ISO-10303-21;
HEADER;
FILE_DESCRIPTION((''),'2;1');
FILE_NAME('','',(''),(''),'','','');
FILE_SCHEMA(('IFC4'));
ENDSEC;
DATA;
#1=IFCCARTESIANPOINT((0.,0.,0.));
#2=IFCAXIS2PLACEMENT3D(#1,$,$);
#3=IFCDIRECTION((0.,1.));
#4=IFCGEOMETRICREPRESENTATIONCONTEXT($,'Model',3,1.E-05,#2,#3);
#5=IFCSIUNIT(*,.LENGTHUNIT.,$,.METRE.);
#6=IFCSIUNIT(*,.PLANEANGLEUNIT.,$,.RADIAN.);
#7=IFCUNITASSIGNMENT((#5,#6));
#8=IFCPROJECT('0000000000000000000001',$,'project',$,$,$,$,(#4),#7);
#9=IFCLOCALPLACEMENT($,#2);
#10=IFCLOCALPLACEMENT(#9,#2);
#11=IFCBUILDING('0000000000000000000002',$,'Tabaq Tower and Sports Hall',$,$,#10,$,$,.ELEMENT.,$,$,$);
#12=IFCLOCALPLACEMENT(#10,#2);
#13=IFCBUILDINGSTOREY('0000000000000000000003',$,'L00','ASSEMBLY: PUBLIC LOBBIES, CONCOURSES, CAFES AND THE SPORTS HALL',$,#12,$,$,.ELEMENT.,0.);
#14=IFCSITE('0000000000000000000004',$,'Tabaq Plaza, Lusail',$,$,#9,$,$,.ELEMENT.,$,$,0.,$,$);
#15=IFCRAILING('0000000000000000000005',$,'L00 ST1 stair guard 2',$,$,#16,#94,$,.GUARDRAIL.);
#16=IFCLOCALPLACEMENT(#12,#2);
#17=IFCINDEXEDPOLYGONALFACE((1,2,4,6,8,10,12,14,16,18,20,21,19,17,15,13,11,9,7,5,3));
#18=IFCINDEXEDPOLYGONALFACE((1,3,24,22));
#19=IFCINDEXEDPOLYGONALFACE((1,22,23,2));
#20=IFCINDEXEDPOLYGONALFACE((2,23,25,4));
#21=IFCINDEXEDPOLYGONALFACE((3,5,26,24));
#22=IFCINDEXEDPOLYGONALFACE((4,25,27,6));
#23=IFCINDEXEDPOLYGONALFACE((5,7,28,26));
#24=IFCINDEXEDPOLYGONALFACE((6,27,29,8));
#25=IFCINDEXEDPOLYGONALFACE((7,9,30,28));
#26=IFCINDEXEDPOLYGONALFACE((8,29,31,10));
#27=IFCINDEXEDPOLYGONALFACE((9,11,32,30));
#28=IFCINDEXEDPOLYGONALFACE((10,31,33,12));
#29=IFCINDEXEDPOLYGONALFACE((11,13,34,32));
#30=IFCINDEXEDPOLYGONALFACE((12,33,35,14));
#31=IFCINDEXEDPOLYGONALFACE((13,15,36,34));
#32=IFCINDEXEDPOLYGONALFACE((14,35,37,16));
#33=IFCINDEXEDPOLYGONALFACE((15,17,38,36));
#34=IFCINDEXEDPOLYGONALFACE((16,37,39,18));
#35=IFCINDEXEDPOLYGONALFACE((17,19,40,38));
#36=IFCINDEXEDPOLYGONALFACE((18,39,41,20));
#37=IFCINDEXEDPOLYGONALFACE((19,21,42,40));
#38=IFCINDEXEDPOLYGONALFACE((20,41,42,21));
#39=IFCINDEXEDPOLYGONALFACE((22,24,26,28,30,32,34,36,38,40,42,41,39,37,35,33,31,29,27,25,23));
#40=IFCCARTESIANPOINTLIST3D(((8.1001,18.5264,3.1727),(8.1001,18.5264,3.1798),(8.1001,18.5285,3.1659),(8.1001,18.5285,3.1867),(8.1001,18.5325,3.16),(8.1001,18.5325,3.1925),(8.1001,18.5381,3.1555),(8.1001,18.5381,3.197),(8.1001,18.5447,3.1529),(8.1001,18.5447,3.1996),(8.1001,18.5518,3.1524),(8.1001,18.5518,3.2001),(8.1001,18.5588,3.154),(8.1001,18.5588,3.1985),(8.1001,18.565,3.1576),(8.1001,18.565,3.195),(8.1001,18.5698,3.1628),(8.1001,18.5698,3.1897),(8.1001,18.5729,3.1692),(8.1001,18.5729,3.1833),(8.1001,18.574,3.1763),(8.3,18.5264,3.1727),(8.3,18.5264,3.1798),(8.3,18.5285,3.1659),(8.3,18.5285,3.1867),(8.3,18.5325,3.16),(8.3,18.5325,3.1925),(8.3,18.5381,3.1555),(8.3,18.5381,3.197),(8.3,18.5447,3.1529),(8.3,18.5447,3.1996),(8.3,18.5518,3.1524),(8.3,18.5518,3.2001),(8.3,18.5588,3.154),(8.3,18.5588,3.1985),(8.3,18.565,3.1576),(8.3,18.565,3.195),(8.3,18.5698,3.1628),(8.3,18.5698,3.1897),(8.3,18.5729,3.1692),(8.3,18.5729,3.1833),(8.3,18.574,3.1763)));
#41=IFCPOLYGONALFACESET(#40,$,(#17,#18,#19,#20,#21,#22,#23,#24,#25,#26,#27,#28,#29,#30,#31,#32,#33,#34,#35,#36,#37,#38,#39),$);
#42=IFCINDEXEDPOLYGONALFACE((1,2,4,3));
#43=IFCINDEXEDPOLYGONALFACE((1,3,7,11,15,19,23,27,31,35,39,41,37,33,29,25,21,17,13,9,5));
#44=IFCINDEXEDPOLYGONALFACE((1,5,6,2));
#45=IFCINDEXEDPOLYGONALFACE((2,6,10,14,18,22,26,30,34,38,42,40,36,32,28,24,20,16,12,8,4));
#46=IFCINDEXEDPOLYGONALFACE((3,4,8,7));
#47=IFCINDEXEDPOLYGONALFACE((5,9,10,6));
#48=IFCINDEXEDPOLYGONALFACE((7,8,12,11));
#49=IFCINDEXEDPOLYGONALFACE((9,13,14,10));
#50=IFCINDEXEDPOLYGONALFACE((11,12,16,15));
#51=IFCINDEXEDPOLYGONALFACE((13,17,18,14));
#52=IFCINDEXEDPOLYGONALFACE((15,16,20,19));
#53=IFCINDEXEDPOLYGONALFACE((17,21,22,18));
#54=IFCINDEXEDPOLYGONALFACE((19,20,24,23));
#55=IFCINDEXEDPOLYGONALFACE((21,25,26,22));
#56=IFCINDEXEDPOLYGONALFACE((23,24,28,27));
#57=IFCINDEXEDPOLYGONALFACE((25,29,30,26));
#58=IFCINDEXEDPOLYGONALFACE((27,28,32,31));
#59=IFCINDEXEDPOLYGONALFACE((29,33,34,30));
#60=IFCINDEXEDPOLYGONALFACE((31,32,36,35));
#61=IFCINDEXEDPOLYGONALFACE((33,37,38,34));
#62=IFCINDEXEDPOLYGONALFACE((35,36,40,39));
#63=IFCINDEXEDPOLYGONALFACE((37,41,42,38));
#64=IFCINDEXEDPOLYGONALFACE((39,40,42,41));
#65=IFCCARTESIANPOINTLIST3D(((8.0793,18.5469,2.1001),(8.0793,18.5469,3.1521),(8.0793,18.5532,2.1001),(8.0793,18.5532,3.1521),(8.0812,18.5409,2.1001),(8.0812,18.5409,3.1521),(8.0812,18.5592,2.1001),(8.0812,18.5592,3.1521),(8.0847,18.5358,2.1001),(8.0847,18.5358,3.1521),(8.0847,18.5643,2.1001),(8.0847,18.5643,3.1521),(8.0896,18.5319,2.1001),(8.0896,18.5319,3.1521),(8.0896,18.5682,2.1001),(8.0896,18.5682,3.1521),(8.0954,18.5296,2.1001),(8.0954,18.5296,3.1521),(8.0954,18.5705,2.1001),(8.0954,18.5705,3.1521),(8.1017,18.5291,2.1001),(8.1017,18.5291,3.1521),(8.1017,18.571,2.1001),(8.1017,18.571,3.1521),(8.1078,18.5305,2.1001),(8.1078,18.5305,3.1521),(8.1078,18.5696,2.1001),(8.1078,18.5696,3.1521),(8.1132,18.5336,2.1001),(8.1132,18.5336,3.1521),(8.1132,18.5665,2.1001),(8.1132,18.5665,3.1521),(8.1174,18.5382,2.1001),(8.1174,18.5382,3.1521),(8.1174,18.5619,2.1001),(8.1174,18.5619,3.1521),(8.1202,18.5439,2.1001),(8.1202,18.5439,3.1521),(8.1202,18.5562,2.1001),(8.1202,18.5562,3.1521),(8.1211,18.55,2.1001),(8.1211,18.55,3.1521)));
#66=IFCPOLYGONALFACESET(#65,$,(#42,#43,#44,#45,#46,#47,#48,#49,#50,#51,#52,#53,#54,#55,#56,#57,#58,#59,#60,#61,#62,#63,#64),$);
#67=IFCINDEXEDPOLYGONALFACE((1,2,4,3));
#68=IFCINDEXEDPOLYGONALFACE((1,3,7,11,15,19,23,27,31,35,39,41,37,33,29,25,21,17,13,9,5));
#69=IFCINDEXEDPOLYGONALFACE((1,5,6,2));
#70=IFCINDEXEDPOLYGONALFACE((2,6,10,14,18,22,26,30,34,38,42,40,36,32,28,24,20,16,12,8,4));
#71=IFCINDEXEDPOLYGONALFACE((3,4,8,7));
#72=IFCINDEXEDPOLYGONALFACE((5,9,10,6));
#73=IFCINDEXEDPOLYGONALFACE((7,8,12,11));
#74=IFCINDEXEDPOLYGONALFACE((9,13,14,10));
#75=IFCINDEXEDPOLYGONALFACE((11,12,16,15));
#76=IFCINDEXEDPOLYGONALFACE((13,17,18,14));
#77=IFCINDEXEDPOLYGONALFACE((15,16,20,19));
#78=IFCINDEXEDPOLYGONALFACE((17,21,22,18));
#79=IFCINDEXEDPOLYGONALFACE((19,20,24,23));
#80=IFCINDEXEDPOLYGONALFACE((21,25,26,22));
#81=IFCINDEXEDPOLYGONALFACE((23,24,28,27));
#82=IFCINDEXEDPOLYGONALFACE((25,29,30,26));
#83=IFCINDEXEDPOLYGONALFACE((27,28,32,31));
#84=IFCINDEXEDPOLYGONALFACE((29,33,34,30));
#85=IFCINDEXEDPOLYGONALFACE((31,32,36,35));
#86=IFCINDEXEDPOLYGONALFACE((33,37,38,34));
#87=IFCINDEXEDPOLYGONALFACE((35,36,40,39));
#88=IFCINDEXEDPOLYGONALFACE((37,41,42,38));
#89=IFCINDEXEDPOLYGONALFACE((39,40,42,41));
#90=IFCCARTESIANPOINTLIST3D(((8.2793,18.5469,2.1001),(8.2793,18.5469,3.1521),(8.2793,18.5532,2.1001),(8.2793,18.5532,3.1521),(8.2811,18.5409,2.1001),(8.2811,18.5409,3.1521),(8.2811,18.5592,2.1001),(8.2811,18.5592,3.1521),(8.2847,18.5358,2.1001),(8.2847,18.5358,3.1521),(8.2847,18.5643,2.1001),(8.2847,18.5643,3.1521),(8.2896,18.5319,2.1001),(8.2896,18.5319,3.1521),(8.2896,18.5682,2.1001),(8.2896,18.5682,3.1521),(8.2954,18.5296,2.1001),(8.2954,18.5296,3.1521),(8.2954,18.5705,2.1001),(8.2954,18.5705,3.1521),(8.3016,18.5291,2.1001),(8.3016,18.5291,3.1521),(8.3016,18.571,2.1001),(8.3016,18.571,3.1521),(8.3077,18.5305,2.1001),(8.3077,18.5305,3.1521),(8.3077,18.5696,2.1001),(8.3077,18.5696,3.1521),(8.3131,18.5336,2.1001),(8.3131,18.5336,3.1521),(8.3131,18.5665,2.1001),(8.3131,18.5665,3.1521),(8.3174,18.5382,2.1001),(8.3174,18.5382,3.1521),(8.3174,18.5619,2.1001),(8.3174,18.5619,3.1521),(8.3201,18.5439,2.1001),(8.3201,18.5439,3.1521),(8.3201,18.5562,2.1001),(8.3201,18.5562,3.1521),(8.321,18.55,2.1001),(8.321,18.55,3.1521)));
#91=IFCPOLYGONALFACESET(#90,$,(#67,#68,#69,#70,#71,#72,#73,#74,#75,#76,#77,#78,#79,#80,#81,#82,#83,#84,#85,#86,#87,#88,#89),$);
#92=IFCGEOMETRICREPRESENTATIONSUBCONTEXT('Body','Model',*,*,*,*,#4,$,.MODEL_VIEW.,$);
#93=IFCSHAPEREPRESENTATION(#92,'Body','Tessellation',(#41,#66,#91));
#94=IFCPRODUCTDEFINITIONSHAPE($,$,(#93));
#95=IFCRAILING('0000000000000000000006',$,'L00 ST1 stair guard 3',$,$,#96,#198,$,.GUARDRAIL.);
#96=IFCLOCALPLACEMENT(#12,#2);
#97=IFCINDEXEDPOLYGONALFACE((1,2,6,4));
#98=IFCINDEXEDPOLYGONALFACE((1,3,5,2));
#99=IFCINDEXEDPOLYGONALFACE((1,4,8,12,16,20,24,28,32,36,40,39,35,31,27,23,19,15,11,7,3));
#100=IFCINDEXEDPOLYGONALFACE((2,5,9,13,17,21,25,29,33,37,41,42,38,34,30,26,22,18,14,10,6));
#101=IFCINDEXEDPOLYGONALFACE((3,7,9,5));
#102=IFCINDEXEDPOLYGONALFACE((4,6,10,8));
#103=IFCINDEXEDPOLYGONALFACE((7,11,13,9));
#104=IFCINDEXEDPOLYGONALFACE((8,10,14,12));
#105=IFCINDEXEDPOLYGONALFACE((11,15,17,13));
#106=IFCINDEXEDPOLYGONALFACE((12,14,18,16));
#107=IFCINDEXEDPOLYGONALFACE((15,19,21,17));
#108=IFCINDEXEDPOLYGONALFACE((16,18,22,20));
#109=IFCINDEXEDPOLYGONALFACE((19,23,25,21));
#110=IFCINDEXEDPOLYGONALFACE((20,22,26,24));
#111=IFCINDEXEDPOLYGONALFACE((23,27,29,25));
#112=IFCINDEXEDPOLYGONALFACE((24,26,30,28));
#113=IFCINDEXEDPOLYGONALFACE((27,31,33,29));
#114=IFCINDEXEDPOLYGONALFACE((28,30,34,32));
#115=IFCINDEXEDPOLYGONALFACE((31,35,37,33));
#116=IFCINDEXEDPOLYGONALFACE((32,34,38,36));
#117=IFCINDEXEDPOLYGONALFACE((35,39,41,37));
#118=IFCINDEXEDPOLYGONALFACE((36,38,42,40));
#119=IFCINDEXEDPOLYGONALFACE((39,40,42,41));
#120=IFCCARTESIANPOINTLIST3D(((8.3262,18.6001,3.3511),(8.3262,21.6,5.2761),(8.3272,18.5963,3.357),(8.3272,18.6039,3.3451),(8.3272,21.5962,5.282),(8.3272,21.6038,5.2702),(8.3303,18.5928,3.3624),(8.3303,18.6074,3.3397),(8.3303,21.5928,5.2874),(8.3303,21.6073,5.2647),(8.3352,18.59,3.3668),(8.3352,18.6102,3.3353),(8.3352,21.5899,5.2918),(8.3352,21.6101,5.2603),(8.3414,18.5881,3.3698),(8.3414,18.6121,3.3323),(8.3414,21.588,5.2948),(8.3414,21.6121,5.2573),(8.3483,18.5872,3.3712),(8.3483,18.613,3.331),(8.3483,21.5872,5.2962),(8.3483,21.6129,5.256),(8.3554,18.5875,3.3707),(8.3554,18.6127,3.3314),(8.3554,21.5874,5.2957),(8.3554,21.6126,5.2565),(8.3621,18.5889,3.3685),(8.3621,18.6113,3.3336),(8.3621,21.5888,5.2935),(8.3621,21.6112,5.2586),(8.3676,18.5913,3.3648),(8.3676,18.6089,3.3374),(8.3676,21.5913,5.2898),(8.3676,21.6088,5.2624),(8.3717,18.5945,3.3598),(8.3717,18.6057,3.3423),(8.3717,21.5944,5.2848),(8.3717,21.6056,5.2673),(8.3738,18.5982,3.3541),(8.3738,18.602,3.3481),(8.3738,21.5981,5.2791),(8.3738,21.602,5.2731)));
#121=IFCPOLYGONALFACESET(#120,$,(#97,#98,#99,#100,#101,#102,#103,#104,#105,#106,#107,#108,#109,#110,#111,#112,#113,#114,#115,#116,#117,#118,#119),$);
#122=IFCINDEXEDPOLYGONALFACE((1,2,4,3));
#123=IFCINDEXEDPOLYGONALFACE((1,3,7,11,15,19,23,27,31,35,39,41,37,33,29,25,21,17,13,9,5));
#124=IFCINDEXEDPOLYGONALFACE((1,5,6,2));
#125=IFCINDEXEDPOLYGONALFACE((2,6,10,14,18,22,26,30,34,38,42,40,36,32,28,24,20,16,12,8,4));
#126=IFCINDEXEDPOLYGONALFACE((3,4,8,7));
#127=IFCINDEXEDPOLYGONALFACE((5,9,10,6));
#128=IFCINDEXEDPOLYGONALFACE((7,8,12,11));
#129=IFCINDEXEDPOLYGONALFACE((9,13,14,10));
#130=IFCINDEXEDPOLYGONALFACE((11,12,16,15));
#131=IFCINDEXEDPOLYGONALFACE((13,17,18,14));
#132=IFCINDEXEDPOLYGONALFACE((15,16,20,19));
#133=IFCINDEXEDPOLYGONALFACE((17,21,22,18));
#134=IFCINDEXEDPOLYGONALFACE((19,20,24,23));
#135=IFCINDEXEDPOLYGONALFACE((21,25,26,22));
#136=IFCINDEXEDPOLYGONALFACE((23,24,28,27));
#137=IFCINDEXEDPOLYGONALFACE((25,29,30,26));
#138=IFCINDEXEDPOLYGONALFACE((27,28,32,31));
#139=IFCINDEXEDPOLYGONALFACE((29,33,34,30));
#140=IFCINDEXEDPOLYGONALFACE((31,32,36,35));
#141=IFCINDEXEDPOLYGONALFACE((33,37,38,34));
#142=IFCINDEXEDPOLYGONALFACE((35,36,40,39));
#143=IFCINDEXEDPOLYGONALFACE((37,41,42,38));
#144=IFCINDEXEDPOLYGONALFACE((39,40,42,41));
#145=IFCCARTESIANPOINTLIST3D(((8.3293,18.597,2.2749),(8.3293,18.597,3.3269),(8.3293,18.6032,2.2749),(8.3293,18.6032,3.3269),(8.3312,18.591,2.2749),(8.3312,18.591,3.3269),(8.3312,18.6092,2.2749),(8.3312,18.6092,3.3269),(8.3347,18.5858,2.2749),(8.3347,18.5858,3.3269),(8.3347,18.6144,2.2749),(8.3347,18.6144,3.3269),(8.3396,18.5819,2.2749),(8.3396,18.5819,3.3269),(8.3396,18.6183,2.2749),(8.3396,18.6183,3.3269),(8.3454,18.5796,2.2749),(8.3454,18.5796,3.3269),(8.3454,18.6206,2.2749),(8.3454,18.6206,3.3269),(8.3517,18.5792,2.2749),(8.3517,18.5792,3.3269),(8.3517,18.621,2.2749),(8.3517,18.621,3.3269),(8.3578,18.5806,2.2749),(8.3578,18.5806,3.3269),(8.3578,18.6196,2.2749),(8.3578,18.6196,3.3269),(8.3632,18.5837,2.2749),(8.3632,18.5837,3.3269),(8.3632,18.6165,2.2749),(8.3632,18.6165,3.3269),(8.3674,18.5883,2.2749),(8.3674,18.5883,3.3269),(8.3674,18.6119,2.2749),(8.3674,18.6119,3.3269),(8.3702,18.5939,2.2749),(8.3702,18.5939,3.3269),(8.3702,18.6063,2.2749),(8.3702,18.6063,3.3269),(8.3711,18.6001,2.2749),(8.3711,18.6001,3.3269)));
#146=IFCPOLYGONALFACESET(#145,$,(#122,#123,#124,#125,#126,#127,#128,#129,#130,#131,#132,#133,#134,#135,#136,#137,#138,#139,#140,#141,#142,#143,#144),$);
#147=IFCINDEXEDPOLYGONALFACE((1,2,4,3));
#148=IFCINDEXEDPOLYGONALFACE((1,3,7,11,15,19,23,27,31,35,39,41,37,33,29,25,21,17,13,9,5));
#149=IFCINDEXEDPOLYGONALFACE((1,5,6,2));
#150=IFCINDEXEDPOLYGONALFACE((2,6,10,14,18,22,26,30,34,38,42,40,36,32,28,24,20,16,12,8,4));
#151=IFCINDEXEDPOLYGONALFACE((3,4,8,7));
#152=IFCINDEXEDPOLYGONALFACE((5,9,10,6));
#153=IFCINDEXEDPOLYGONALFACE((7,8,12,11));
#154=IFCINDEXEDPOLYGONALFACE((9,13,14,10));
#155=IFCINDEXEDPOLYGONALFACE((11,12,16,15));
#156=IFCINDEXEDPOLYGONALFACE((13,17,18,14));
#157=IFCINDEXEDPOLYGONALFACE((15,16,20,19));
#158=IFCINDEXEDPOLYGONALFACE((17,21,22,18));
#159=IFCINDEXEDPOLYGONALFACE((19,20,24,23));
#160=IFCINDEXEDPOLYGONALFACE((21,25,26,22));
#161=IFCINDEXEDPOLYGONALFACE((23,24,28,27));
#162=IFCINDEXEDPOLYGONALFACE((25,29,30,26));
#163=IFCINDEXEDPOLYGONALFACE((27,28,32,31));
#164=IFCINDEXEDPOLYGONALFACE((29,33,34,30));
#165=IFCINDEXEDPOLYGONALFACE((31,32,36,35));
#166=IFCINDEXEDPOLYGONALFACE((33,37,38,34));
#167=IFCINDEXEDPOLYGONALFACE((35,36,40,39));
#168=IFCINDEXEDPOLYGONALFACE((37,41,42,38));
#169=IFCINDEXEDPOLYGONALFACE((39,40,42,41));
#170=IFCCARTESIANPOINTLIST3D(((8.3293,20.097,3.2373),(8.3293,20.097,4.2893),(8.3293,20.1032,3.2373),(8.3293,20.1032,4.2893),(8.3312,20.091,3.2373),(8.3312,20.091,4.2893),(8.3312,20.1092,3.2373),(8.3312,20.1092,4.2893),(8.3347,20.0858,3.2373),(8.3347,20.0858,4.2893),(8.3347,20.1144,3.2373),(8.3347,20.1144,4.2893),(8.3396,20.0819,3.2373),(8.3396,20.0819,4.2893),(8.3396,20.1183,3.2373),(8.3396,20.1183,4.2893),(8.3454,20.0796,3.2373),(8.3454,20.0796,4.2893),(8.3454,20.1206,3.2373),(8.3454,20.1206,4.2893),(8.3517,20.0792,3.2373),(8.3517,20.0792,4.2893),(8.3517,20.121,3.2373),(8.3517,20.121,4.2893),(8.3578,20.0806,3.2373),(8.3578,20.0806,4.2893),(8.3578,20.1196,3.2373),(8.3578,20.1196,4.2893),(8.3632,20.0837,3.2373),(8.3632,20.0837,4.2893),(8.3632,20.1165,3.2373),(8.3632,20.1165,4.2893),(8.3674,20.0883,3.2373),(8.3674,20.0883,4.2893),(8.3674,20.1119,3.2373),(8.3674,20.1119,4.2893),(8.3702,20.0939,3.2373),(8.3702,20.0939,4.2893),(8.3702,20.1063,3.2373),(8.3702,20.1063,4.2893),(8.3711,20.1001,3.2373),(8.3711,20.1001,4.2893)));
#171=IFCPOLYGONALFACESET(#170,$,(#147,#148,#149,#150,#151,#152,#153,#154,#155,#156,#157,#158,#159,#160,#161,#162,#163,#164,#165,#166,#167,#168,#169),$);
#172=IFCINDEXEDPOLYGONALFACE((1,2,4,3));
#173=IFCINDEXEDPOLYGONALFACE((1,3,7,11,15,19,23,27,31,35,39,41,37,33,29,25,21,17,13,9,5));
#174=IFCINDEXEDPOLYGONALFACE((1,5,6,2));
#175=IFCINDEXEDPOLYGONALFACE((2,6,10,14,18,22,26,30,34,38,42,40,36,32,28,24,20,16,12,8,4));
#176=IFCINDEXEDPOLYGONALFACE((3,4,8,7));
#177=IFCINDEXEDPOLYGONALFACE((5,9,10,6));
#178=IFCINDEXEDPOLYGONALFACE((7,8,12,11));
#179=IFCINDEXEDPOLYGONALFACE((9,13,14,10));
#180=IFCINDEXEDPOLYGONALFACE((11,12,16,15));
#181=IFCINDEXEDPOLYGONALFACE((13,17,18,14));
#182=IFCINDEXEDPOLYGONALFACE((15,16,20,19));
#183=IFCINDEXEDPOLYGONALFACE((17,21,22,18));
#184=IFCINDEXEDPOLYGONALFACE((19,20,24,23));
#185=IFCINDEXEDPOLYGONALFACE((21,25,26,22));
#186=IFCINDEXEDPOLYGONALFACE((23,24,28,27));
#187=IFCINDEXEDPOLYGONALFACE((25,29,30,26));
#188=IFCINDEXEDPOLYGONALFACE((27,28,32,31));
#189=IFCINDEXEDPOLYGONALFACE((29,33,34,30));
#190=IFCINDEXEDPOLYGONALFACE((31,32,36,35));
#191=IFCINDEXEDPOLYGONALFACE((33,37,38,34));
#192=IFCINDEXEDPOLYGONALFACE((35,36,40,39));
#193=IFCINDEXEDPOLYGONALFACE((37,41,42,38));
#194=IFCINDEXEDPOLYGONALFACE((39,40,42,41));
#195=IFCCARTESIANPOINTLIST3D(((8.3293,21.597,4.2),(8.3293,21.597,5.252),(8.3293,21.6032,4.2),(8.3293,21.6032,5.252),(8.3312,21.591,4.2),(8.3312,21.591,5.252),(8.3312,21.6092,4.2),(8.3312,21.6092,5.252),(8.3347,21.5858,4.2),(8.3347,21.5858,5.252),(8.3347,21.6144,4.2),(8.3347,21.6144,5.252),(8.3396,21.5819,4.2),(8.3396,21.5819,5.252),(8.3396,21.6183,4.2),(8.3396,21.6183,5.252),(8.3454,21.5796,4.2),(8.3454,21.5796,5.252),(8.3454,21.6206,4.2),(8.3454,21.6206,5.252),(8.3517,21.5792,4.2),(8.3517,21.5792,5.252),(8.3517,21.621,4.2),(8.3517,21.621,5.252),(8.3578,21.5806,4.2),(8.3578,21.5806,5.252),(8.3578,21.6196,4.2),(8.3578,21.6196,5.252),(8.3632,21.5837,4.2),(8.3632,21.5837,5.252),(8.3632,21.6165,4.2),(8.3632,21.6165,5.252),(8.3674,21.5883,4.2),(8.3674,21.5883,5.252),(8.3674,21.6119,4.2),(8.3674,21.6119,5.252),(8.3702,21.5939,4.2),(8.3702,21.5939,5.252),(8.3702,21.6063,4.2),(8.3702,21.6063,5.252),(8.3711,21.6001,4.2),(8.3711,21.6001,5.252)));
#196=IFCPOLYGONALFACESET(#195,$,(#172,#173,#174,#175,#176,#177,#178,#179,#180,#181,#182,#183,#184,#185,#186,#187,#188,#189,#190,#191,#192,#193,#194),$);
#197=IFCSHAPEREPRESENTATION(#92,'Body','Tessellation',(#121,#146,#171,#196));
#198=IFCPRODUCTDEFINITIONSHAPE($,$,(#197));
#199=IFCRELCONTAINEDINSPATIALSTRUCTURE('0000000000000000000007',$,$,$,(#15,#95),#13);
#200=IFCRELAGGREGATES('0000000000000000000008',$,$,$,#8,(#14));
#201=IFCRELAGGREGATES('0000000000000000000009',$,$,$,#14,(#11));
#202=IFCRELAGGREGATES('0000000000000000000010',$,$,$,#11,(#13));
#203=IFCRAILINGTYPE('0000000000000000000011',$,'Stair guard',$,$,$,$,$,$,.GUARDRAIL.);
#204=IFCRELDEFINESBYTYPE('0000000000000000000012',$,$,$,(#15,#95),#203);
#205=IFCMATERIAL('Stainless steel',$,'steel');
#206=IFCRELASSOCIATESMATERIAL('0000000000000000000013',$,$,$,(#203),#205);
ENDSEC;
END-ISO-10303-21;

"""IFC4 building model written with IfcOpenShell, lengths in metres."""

from ifc_helpers import new_model, si_unit, direction, frame, origin, origin_2d, place, context, subcontext, project, spatial, circle, extrude, material, type_object, element, save


model = new_model("IFC4")

# Units and contexts
model_context = context("Model", 3, precision=1e-05, world=origin(), true_north=direction((0.0, 1.0)))
body_context = subcontext(model_context, "Body", "Model", "MODEL_VIEW")
ifc_project = project(units=[si_unit("LENGTHUNIT", "METRE"), si_unit("PLANEANGLEUNIT", "RADIAN")], contexts=[model_context])

# Site, building, storey
site_placement = place(None, origin())
site = spatial("IfcSite", under=ifc_project, at=site_placement, Name="Tabaq Plaza, Lusail", CompositionType="ELEMENT", RefElevation=0.0)
building_placement = place(site_placement, origin())
building = spatial("IfcBuilding", under=site, at=building_placement, Name="Tabaq Tower and Sports Hall", CompositionType="ELEMENT")
storey_placement = place(building_placement, origin())
storey = spatial("IfcBuildingStorey", under=building, at=storey_placement, Name="L00", Description="ASSEMBLY: PUBLIC LOBBIES, CONCOURSES, CAFES AND THE SPORTS HALL", CompositionType="ELEMENT", Elevation=0.0)

# Railings
ifc_material_1 = material(Name="Stainless steel", Category="steel")
railing_type_1 = type_object("IfcRailingType", Name="Stair guard", PredefinedType="GUARDRAIL", material=ifc_material_1)
railing_1_placement = place(storey_placement, frame((8.1001, 18.55, 2.1001)))
element("IfcRailing", 1, at=railing_1_placement, inside=storey, type_object=railing_type_1, Name="L00 ST1 stair guard 2", PredefinedType="GUARDRAIL", context=body_context, shape_type="SweptSolid", body=[
    extrude(circle(Radius=0.0239, at=origin_2d()), frame((0.0, 0.0, 1.0762), z_axis=(1.0, 0.0, 0.0), x_axis=(0.0, 1.0, 0.0)), (0.0, 0.0, 1.0), 0.2),
    extrude(circle(Radius=0.021, at=origin_2d()), origin(), (0.0, 0.0, 1.0), 1.052),
    extrude(circle(Radius=0.021, at=origin_2d()), frame((0.2, 0.0, 0.0)), (0.0, 0.0, 1.0), 1.052),
])
railing_2_placement = place(storey_placement, frame((8.3501, 18.6001, 2.2749)))
element("IfcRailing", 2, at=railing_2_placement, inside=storey, type_object=railing_type_1, Name="L00 ST1 stair guard 3", PredefinedType="GUARDRAIL", context=body_context, shape_type="SweptSolid", body=[
    extrude(circle(Radius=0.0239, at=origin_2d()), frame((0.0, 0.0, 1.0762), z_axis=(0.0, 0.841628, 0.540058), x_axis=(-1.0, 0.0, 0.0)), (0.0, 0.0, 1.0), 3.5645),
    extrude(circle(Radius=0.021, at=origin_2d()), origin(), (0.0, 0.0, 1.0), 1.052),
    extrude(circle(Radius=0.021, at=origin_2d()), frame((0.0, 1.5, 0.9624)), (0.0, 0.0, 1.0), 1.052),
    extrude(circle(Radius=0.021, at=origin_2d()), frame((0.0, 3.0, 1.925)), (0.0, 0.0, 1.0), 1.052),
])

save(model, "model.ifc")
